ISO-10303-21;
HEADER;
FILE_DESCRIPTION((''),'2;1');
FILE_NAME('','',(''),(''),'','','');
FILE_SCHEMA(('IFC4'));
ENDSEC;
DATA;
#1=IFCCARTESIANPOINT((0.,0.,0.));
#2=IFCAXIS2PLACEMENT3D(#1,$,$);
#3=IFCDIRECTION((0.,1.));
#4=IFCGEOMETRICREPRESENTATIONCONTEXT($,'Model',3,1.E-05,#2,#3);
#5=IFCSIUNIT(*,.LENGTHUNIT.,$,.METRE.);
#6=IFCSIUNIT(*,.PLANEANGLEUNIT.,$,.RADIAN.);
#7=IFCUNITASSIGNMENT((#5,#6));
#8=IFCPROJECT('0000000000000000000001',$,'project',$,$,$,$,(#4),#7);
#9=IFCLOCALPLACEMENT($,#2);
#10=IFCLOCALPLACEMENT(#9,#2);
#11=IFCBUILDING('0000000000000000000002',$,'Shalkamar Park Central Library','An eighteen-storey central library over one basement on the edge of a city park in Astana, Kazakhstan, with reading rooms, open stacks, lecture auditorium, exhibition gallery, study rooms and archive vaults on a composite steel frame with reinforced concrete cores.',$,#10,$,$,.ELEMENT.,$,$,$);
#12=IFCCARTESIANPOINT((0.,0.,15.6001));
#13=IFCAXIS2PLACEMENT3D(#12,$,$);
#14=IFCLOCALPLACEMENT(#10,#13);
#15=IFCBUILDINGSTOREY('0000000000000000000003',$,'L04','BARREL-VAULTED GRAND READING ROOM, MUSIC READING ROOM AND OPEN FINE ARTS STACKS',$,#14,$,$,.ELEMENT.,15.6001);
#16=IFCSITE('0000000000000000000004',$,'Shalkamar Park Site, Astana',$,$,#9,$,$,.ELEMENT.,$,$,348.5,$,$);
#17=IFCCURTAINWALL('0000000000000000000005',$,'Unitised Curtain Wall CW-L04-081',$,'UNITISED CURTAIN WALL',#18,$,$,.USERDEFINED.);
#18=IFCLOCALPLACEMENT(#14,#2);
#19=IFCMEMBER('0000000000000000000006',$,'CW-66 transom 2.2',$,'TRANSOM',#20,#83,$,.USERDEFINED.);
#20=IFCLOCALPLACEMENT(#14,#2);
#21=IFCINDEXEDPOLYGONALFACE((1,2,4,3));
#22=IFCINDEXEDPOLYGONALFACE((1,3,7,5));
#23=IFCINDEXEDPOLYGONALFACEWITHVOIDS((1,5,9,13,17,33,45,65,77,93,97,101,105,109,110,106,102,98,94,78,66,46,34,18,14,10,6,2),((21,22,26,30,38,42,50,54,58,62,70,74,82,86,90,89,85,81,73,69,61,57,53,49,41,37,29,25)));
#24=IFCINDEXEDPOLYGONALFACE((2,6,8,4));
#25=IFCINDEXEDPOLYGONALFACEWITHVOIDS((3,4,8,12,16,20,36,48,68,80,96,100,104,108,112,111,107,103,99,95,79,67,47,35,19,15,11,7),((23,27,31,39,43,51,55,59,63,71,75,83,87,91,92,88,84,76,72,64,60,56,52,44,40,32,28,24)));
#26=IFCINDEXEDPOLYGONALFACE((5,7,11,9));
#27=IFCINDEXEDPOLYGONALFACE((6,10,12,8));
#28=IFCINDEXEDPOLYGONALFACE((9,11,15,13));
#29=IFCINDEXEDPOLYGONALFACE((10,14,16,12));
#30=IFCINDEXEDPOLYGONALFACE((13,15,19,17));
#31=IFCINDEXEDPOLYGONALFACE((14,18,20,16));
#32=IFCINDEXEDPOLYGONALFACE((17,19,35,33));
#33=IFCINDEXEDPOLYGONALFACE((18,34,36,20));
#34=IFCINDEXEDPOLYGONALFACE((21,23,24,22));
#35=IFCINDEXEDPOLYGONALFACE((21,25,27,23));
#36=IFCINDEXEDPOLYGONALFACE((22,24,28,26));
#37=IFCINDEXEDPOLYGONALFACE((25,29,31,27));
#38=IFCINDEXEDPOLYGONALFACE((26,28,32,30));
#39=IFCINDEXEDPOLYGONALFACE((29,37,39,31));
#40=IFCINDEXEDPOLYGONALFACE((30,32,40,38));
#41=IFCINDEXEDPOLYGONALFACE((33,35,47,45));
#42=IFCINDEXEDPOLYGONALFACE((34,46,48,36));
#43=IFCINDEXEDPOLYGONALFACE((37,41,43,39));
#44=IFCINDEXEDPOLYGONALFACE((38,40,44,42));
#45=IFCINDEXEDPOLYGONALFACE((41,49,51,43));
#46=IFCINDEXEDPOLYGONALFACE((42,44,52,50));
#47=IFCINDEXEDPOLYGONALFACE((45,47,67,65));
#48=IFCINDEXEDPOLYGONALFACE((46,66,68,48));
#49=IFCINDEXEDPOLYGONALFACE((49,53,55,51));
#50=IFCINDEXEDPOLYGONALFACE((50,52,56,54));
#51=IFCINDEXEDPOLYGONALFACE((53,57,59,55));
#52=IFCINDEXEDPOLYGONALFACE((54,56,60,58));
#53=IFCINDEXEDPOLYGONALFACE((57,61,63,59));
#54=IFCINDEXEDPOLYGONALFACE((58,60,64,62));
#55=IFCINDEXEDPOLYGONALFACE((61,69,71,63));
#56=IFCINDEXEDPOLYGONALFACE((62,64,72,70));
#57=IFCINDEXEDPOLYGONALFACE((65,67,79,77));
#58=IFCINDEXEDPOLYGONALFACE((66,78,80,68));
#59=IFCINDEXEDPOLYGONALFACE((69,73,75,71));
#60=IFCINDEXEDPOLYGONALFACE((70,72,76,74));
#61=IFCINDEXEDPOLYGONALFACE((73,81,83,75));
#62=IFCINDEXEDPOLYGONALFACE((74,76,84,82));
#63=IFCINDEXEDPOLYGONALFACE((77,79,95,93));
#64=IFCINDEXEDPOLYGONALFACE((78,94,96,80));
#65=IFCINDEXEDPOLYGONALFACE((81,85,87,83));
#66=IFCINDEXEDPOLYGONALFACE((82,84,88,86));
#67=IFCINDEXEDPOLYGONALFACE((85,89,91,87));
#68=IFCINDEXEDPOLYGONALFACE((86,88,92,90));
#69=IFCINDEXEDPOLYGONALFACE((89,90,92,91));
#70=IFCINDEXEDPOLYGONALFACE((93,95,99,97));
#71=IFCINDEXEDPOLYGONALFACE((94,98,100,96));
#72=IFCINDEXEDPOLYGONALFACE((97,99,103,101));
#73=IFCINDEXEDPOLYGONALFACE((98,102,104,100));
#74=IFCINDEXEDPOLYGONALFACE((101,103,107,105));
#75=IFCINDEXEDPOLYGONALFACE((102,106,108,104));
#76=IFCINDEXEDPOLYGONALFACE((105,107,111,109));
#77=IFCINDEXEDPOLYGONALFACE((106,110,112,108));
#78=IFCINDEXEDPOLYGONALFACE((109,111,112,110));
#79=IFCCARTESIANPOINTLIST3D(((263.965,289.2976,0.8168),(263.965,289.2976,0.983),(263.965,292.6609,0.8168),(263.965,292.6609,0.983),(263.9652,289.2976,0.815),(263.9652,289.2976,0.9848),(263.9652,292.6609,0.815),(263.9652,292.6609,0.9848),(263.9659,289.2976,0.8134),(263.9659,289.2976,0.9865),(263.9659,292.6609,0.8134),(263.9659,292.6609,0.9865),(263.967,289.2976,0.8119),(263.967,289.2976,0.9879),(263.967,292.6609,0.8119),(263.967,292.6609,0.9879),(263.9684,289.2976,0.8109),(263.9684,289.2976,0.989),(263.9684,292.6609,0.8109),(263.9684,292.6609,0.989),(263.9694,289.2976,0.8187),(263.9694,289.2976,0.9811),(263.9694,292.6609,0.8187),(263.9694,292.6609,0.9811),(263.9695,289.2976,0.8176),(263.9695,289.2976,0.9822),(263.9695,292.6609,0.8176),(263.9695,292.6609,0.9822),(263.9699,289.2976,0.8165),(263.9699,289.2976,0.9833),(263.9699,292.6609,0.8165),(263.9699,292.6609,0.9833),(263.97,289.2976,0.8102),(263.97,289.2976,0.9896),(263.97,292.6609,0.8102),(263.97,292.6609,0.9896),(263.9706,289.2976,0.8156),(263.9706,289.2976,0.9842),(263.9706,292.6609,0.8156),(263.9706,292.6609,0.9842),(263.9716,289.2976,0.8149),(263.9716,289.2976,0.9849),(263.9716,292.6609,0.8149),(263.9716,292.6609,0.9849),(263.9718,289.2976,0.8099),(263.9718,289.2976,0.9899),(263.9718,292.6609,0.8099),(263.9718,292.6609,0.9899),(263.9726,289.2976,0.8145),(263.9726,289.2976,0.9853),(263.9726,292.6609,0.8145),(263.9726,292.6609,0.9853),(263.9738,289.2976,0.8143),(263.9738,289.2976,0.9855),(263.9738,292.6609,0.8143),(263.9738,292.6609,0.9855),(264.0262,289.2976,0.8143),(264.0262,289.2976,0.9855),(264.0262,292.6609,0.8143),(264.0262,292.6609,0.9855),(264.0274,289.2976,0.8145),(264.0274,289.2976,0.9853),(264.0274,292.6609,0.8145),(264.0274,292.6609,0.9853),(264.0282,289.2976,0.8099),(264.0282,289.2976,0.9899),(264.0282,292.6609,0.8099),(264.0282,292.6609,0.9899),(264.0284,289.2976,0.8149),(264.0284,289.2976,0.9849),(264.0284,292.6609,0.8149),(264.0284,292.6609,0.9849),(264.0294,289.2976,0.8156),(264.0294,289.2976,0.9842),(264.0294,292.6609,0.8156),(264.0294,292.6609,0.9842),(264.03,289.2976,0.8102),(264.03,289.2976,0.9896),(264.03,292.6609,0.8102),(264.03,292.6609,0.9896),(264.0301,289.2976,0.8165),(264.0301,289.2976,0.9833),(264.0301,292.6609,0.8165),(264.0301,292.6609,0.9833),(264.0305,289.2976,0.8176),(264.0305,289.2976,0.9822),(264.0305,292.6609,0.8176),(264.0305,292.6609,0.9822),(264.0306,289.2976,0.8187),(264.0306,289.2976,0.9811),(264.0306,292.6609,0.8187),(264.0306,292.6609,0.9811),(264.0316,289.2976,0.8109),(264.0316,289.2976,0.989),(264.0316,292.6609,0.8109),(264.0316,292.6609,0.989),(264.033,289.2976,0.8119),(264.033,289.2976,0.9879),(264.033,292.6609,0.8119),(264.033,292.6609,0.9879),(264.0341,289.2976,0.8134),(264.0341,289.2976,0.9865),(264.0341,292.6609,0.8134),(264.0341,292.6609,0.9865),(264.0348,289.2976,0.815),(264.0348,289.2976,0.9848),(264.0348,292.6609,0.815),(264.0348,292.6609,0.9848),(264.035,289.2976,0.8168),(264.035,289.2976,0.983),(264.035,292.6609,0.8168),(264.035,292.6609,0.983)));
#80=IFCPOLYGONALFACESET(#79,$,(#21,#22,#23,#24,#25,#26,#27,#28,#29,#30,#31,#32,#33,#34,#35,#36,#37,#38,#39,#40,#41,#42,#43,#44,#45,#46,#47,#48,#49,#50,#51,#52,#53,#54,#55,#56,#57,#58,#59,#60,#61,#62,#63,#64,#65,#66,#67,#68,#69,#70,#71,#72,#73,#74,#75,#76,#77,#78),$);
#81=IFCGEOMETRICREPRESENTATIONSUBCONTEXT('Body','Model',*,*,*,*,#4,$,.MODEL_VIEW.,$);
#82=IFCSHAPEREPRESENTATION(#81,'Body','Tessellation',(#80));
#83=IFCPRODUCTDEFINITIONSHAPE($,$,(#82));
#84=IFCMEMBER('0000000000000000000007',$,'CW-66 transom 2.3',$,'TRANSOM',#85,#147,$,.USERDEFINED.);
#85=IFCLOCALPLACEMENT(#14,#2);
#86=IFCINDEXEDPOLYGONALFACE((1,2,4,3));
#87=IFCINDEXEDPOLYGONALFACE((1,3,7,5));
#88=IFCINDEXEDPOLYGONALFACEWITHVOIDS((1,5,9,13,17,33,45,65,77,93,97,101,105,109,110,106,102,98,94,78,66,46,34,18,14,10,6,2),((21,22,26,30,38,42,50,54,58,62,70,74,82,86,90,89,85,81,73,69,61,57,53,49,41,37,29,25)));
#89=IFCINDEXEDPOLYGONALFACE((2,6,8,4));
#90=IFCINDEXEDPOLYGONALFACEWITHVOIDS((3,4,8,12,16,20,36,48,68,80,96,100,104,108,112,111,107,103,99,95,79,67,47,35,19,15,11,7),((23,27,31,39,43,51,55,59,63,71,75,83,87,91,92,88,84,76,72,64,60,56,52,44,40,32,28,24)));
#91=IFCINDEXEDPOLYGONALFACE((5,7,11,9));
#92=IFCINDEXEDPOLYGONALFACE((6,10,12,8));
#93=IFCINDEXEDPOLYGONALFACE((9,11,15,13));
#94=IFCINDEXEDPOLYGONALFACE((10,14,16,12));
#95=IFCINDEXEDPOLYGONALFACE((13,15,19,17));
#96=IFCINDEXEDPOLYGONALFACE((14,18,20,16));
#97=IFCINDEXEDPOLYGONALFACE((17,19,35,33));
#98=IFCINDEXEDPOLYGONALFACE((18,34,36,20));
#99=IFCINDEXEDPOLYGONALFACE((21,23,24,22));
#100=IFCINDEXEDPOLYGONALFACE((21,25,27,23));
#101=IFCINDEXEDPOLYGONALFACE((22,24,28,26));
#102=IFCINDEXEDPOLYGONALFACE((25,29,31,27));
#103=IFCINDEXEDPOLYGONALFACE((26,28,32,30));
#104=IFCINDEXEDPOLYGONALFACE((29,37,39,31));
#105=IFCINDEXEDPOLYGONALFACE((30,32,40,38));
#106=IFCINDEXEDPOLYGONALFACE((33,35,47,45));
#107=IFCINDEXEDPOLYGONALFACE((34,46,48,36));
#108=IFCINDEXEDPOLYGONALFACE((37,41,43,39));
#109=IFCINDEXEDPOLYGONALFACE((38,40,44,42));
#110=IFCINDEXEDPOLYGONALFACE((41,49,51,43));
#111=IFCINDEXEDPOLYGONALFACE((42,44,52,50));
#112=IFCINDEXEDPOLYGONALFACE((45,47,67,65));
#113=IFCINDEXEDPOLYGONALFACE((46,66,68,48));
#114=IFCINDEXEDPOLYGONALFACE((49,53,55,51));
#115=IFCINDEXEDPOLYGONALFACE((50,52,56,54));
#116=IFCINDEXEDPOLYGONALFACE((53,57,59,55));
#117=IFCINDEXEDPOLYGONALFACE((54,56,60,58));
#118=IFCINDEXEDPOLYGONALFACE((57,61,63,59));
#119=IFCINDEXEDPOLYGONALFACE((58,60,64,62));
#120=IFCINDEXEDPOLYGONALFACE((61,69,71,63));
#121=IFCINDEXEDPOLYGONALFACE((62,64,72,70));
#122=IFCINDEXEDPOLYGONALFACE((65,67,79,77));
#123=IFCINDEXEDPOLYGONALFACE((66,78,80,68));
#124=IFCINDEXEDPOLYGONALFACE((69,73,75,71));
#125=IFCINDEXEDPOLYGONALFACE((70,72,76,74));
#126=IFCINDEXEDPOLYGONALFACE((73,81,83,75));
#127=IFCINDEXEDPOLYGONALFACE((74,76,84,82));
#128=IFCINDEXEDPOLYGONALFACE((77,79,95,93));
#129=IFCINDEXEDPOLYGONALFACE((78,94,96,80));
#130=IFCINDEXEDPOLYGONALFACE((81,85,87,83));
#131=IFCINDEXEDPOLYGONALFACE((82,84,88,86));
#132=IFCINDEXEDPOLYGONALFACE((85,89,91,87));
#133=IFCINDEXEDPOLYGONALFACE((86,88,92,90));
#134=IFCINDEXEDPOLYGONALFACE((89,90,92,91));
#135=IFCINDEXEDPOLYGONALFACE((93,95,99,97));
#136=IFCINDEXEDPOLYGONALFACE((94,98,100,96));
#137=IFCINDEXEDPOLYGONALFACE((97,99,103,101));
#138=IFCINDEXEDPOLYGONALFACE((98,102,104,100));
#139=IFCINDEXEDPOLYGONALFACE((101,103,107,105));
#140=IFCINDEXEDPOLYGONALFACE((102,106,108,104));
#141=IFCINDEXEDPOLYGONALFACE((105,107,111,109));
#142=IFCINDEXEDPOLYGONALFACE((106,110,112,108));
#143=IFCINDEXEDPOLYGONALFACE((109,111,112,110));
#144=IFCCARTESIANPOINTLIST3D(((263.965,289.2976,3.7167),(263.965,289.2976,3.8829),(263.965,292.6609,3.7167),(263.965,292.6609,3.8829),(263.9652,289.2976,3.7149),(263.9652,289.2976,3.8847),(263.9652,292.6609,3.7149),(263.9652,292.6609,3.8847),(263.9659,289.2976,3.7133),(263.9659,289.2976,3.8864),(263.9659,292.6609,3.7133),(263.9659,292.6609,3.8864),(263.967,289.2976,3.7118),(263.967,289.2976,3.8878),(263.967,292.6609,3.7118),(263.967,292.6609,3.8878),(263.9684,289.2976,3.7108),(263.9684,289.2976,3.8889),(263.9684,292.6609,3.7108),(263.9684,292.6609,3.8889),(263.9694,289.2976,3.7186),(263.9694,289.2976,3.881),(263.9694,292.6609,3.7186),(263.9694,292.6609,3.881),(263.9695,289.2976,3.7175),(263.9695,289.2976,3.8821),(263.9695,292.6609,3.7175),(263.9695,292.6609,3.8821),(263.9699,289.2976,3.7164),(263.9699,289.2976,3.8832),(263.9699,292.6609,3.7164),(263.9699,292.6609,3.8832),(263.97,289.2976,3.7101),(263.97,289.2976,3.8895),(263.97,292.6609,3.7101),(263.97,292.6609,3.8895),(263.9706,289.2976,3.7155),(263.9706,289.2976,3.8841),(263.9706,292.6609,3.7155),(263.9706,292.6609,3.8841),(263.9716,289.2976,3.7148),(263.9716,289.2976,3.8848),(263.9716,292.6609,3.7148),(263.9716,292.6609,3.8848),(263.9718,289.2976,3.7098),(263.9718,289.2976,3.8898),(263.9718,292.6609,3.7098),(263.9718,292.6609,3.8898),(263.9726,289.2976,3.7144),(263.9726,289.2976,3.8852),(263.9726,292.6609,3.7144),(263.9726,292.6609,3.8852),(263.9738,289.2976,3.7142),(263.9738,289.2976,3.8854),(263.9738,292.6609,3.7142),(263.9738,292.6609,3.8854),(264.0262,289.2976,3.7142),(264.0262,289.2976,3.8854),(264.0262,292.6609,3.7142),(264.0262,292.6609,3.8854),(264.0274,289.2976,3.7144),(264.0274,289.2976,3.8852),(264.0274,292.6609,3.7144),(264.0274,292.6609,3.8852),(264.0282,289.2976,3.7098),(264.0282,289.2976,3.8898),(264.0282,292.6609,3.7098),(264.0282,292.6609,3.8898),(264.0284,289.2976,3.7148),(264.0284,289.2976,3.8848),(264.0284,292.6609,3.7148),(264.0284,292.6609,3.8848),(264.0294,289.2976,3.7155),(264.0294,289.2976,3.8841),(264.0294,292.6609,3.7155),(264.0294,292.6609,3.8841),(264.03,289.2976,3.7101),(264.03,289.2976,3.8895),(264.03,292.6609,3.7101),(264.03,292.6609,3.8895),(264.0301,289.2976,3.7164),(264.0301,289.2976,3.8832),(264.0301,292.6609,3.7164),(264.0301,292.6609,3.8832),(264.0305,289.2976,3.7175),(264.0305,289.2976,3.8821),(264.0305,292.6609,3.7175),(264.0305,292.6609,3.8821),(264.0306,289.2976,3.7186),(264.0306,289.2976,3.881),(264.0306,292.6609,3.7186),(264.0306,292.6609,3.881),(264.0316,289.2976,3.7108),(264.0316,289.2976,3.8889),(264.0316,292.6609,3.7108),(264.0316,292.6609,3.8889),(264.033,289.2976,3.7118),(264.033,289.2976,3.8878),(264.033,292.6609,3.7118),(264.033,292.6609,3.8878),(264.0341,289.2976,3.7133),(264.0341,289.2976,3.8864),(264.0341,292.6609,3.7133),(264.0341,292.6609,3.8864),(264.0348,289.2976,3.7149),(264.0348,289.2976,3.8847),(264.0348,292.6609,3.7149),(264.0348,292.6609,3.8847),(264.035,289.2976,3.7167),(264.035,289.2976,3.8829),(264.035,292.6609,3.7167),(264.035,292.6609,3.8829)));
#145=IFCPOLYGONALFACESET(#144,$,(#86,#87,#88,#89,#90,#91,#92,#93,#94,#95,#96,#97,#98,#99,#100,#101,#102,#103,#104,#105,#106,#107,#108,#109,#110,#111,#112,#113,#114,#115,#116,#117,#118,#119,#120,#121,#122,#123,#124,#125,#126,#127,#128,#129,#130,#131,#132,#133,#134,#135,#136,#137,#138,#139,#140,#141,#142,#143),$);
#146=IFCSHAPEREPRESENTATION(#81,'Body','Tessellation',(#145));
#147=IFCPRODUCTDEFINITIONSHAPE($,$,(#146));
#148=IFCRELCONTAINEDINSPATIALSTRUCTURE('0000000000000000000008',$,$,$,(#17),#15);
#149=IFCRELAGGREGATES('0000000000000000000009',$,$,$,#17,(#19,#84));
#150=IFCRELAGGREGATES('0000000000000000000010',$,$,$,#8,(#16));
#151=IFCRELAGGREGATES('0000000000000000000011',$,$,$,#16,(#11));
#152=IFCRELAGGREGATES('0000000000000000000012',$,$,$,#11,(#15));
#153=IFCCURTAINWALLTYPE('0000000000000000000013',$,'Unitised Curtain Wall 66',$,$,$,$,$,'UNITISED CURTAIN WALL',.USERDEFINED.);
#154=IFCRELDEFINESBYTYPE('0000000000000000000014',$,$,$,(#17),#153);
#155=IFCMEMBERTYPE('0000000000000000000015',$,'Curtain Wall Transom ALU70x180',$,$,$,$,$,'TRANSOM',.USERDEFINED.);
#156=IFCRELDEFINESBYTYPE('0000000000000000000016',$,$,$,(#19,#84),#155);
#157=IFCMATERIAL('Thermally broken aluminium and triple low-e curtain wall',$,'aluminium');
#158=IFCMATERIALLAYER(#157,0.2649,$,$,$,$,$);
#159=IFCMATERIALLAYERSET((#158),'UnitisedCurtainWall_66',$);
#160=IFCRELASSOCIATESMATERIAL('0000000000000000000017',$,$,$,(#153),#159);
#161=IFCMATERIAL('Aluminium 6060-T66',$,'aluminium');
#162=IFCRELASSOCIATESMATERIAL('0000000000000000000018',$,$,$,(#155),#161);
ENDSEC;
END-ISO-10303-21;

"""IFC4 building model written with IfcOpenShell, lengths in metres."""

from ifc_helpers import new_model, si_unit, direction, frame, origin, origin_2d, place, context, subcontext, project, spatial, hollow_rectangle, extrude, material, layer, layer_set, material_profile, profile_set, type_object, element, aggregate, save


model = new_model("IFC4")

# Units and contexts
model_context = context("Model", 3, precision=1e-05, world=origin(), true_north=direction((0.0, 1.0)))
body_context = subcontext(model_context, "Body", "Model", "MODEL_VIEW")
ifc_project = project(units=[si_unit("LENGTHUNIT", "METRE"), si_unit("PLANEANGLEUNIT", "RADIAN")], contexts=[model_context])

# Site, building, storey
site_placement = place(None, origin())
site = spatial("IfcSite", under=ifc_project, at=site_placement, Name="Shalkamar Park Site, Astana", CompositionType="ELEMENT", RefElevation=348.5)
building_placement = place(site_placement, origin())
building = spatial("IfcBuilding", under=site, at=building_placement, Name="Shalkamar Park Central Library", Description="An eighteen-storey central library over one basement on the edge of a city park in Astana, Kazakhstan, with reading rooms, open stacks, lecture auditorium, exhibition gallery, study rooms and archive vaults on a composite steel frame with reinforced concrete cores.", CompositionType="ELEMENT")
storey_placement = place(building_placement, frame((0.0, 0.0, 15.6001)))
storey = spatial("IfcBuildingStorey", under=building, at=storey_placement, Name="L04", Description="BARREL-VAULTED GRAND READING ROOM, MUSIC READING ROOM AND OPEN FINE ARTS STACKS", CompositionType="ELEMENT", Elevation=15.6001)

# Curtain wall, members
ifc_material_1 = material(Name="Thermally broken aluminium and triple low-e curtain wall", Category="aluminium")
ifc_layer_1 = layer(ifc_material_1, 0.2649)
ifc_layer_set_1 = layer_set([ifc_layer_1], Name="UnitisedCurtainWall_66")
curtain_wall_type = type_object("IfcCurtainWallType", Name="Unitised Curtain Wall 66", ElementType="UNITISED CURTAIN WALL", PredefinedType="USERDEFINED", material=ifc_layer_set_1)
curtain_wall_placement = place(storey_placement, origin())
curtain_wall = element("IfcCurtainWall", 1, at=curtain_wall_placement, inside=storey, type_object=curtain_wall_type, Name="Unitised Curtain Wall CW-L04-081", ObjectType="UNITISED CURTAIN WALL", PredefinedType="USERDEFINED")
ifc_material_2 = material(Name="Aluminium 6060-T66", Category="aluminium")
ifc_material_profile_1 = material_profile(ifc_material_2, hollow_rectangle(XDim=0.0701, YDim=0.1799, WallThickness=0.0044, InnerFilletRadius=0.0044, OuterFilletRadius=0.0068, at=origin_2d()), Name="ALU 70x180x4.5")
ifc_profile_set_1 = profile_set([ifc_material_profile_1], Name="Aluminium 6060-T66")
member_type_1 = type_object("IfcMemberType", Name="Curtain Wall Transom ALU70x180", ElementType="TRANSOM", PredefinedType="USERDEFINED", material=ifc_profile_set_1)
member_1_placement = place(storey_placement, frame((264.0, 289.2976, 0.8999), z_axis=(0.0, 1.0, 0.0), x_axis=(-1.0, 0.0, 0.0)))
member_1 = element("IfcMember", 2, at=member_1_placement, type_object=member_type_1, Name="CW-66 transom 2.2", ObjectType="TRANSOM", PredefinedType="USERDEFINED", context=body_context, shape_type="SweptSolid", body=[
    extrude(hollow_rectangle(XDim=0.0701, YDim=0.1799, WallThickness=0.0044, InnerFilletRadius=0.0044, OuterFilletRadius=0.0068, at=origin_2d()), origin(), (0.0, 0.0, 1.0), 3.3633),
])
member_2_placement = place(storey_placement, frame((264.0, 289.2976, 3.7998), z_axis=(0.0, 1.0, 0.0), x_axis=(-1.0, 0.0, 0.0)))
member_2 = element("IfcMember", 3, at=member_2_placement, type_object=member_type_1, Name="CW-66 transom 2.3", ObjectType="TRANSOM", PredefinedType="USERDEFINED", context=body_context, shape_type="SweptSolid", body=[
    extrude(hollow_rectangle(XDim=0.0701, YDim=0.1799, WallThickness=0.0044, InnerFilletRadius=0.0044, OuterFilletRadius=0.0068, at=origin_2d()), origin(), (0.0, 0.0, 1.0), 3.3633),
])

aggregate(curtain_wall, [member_1, member_2])

save(model, "model.ifc")
